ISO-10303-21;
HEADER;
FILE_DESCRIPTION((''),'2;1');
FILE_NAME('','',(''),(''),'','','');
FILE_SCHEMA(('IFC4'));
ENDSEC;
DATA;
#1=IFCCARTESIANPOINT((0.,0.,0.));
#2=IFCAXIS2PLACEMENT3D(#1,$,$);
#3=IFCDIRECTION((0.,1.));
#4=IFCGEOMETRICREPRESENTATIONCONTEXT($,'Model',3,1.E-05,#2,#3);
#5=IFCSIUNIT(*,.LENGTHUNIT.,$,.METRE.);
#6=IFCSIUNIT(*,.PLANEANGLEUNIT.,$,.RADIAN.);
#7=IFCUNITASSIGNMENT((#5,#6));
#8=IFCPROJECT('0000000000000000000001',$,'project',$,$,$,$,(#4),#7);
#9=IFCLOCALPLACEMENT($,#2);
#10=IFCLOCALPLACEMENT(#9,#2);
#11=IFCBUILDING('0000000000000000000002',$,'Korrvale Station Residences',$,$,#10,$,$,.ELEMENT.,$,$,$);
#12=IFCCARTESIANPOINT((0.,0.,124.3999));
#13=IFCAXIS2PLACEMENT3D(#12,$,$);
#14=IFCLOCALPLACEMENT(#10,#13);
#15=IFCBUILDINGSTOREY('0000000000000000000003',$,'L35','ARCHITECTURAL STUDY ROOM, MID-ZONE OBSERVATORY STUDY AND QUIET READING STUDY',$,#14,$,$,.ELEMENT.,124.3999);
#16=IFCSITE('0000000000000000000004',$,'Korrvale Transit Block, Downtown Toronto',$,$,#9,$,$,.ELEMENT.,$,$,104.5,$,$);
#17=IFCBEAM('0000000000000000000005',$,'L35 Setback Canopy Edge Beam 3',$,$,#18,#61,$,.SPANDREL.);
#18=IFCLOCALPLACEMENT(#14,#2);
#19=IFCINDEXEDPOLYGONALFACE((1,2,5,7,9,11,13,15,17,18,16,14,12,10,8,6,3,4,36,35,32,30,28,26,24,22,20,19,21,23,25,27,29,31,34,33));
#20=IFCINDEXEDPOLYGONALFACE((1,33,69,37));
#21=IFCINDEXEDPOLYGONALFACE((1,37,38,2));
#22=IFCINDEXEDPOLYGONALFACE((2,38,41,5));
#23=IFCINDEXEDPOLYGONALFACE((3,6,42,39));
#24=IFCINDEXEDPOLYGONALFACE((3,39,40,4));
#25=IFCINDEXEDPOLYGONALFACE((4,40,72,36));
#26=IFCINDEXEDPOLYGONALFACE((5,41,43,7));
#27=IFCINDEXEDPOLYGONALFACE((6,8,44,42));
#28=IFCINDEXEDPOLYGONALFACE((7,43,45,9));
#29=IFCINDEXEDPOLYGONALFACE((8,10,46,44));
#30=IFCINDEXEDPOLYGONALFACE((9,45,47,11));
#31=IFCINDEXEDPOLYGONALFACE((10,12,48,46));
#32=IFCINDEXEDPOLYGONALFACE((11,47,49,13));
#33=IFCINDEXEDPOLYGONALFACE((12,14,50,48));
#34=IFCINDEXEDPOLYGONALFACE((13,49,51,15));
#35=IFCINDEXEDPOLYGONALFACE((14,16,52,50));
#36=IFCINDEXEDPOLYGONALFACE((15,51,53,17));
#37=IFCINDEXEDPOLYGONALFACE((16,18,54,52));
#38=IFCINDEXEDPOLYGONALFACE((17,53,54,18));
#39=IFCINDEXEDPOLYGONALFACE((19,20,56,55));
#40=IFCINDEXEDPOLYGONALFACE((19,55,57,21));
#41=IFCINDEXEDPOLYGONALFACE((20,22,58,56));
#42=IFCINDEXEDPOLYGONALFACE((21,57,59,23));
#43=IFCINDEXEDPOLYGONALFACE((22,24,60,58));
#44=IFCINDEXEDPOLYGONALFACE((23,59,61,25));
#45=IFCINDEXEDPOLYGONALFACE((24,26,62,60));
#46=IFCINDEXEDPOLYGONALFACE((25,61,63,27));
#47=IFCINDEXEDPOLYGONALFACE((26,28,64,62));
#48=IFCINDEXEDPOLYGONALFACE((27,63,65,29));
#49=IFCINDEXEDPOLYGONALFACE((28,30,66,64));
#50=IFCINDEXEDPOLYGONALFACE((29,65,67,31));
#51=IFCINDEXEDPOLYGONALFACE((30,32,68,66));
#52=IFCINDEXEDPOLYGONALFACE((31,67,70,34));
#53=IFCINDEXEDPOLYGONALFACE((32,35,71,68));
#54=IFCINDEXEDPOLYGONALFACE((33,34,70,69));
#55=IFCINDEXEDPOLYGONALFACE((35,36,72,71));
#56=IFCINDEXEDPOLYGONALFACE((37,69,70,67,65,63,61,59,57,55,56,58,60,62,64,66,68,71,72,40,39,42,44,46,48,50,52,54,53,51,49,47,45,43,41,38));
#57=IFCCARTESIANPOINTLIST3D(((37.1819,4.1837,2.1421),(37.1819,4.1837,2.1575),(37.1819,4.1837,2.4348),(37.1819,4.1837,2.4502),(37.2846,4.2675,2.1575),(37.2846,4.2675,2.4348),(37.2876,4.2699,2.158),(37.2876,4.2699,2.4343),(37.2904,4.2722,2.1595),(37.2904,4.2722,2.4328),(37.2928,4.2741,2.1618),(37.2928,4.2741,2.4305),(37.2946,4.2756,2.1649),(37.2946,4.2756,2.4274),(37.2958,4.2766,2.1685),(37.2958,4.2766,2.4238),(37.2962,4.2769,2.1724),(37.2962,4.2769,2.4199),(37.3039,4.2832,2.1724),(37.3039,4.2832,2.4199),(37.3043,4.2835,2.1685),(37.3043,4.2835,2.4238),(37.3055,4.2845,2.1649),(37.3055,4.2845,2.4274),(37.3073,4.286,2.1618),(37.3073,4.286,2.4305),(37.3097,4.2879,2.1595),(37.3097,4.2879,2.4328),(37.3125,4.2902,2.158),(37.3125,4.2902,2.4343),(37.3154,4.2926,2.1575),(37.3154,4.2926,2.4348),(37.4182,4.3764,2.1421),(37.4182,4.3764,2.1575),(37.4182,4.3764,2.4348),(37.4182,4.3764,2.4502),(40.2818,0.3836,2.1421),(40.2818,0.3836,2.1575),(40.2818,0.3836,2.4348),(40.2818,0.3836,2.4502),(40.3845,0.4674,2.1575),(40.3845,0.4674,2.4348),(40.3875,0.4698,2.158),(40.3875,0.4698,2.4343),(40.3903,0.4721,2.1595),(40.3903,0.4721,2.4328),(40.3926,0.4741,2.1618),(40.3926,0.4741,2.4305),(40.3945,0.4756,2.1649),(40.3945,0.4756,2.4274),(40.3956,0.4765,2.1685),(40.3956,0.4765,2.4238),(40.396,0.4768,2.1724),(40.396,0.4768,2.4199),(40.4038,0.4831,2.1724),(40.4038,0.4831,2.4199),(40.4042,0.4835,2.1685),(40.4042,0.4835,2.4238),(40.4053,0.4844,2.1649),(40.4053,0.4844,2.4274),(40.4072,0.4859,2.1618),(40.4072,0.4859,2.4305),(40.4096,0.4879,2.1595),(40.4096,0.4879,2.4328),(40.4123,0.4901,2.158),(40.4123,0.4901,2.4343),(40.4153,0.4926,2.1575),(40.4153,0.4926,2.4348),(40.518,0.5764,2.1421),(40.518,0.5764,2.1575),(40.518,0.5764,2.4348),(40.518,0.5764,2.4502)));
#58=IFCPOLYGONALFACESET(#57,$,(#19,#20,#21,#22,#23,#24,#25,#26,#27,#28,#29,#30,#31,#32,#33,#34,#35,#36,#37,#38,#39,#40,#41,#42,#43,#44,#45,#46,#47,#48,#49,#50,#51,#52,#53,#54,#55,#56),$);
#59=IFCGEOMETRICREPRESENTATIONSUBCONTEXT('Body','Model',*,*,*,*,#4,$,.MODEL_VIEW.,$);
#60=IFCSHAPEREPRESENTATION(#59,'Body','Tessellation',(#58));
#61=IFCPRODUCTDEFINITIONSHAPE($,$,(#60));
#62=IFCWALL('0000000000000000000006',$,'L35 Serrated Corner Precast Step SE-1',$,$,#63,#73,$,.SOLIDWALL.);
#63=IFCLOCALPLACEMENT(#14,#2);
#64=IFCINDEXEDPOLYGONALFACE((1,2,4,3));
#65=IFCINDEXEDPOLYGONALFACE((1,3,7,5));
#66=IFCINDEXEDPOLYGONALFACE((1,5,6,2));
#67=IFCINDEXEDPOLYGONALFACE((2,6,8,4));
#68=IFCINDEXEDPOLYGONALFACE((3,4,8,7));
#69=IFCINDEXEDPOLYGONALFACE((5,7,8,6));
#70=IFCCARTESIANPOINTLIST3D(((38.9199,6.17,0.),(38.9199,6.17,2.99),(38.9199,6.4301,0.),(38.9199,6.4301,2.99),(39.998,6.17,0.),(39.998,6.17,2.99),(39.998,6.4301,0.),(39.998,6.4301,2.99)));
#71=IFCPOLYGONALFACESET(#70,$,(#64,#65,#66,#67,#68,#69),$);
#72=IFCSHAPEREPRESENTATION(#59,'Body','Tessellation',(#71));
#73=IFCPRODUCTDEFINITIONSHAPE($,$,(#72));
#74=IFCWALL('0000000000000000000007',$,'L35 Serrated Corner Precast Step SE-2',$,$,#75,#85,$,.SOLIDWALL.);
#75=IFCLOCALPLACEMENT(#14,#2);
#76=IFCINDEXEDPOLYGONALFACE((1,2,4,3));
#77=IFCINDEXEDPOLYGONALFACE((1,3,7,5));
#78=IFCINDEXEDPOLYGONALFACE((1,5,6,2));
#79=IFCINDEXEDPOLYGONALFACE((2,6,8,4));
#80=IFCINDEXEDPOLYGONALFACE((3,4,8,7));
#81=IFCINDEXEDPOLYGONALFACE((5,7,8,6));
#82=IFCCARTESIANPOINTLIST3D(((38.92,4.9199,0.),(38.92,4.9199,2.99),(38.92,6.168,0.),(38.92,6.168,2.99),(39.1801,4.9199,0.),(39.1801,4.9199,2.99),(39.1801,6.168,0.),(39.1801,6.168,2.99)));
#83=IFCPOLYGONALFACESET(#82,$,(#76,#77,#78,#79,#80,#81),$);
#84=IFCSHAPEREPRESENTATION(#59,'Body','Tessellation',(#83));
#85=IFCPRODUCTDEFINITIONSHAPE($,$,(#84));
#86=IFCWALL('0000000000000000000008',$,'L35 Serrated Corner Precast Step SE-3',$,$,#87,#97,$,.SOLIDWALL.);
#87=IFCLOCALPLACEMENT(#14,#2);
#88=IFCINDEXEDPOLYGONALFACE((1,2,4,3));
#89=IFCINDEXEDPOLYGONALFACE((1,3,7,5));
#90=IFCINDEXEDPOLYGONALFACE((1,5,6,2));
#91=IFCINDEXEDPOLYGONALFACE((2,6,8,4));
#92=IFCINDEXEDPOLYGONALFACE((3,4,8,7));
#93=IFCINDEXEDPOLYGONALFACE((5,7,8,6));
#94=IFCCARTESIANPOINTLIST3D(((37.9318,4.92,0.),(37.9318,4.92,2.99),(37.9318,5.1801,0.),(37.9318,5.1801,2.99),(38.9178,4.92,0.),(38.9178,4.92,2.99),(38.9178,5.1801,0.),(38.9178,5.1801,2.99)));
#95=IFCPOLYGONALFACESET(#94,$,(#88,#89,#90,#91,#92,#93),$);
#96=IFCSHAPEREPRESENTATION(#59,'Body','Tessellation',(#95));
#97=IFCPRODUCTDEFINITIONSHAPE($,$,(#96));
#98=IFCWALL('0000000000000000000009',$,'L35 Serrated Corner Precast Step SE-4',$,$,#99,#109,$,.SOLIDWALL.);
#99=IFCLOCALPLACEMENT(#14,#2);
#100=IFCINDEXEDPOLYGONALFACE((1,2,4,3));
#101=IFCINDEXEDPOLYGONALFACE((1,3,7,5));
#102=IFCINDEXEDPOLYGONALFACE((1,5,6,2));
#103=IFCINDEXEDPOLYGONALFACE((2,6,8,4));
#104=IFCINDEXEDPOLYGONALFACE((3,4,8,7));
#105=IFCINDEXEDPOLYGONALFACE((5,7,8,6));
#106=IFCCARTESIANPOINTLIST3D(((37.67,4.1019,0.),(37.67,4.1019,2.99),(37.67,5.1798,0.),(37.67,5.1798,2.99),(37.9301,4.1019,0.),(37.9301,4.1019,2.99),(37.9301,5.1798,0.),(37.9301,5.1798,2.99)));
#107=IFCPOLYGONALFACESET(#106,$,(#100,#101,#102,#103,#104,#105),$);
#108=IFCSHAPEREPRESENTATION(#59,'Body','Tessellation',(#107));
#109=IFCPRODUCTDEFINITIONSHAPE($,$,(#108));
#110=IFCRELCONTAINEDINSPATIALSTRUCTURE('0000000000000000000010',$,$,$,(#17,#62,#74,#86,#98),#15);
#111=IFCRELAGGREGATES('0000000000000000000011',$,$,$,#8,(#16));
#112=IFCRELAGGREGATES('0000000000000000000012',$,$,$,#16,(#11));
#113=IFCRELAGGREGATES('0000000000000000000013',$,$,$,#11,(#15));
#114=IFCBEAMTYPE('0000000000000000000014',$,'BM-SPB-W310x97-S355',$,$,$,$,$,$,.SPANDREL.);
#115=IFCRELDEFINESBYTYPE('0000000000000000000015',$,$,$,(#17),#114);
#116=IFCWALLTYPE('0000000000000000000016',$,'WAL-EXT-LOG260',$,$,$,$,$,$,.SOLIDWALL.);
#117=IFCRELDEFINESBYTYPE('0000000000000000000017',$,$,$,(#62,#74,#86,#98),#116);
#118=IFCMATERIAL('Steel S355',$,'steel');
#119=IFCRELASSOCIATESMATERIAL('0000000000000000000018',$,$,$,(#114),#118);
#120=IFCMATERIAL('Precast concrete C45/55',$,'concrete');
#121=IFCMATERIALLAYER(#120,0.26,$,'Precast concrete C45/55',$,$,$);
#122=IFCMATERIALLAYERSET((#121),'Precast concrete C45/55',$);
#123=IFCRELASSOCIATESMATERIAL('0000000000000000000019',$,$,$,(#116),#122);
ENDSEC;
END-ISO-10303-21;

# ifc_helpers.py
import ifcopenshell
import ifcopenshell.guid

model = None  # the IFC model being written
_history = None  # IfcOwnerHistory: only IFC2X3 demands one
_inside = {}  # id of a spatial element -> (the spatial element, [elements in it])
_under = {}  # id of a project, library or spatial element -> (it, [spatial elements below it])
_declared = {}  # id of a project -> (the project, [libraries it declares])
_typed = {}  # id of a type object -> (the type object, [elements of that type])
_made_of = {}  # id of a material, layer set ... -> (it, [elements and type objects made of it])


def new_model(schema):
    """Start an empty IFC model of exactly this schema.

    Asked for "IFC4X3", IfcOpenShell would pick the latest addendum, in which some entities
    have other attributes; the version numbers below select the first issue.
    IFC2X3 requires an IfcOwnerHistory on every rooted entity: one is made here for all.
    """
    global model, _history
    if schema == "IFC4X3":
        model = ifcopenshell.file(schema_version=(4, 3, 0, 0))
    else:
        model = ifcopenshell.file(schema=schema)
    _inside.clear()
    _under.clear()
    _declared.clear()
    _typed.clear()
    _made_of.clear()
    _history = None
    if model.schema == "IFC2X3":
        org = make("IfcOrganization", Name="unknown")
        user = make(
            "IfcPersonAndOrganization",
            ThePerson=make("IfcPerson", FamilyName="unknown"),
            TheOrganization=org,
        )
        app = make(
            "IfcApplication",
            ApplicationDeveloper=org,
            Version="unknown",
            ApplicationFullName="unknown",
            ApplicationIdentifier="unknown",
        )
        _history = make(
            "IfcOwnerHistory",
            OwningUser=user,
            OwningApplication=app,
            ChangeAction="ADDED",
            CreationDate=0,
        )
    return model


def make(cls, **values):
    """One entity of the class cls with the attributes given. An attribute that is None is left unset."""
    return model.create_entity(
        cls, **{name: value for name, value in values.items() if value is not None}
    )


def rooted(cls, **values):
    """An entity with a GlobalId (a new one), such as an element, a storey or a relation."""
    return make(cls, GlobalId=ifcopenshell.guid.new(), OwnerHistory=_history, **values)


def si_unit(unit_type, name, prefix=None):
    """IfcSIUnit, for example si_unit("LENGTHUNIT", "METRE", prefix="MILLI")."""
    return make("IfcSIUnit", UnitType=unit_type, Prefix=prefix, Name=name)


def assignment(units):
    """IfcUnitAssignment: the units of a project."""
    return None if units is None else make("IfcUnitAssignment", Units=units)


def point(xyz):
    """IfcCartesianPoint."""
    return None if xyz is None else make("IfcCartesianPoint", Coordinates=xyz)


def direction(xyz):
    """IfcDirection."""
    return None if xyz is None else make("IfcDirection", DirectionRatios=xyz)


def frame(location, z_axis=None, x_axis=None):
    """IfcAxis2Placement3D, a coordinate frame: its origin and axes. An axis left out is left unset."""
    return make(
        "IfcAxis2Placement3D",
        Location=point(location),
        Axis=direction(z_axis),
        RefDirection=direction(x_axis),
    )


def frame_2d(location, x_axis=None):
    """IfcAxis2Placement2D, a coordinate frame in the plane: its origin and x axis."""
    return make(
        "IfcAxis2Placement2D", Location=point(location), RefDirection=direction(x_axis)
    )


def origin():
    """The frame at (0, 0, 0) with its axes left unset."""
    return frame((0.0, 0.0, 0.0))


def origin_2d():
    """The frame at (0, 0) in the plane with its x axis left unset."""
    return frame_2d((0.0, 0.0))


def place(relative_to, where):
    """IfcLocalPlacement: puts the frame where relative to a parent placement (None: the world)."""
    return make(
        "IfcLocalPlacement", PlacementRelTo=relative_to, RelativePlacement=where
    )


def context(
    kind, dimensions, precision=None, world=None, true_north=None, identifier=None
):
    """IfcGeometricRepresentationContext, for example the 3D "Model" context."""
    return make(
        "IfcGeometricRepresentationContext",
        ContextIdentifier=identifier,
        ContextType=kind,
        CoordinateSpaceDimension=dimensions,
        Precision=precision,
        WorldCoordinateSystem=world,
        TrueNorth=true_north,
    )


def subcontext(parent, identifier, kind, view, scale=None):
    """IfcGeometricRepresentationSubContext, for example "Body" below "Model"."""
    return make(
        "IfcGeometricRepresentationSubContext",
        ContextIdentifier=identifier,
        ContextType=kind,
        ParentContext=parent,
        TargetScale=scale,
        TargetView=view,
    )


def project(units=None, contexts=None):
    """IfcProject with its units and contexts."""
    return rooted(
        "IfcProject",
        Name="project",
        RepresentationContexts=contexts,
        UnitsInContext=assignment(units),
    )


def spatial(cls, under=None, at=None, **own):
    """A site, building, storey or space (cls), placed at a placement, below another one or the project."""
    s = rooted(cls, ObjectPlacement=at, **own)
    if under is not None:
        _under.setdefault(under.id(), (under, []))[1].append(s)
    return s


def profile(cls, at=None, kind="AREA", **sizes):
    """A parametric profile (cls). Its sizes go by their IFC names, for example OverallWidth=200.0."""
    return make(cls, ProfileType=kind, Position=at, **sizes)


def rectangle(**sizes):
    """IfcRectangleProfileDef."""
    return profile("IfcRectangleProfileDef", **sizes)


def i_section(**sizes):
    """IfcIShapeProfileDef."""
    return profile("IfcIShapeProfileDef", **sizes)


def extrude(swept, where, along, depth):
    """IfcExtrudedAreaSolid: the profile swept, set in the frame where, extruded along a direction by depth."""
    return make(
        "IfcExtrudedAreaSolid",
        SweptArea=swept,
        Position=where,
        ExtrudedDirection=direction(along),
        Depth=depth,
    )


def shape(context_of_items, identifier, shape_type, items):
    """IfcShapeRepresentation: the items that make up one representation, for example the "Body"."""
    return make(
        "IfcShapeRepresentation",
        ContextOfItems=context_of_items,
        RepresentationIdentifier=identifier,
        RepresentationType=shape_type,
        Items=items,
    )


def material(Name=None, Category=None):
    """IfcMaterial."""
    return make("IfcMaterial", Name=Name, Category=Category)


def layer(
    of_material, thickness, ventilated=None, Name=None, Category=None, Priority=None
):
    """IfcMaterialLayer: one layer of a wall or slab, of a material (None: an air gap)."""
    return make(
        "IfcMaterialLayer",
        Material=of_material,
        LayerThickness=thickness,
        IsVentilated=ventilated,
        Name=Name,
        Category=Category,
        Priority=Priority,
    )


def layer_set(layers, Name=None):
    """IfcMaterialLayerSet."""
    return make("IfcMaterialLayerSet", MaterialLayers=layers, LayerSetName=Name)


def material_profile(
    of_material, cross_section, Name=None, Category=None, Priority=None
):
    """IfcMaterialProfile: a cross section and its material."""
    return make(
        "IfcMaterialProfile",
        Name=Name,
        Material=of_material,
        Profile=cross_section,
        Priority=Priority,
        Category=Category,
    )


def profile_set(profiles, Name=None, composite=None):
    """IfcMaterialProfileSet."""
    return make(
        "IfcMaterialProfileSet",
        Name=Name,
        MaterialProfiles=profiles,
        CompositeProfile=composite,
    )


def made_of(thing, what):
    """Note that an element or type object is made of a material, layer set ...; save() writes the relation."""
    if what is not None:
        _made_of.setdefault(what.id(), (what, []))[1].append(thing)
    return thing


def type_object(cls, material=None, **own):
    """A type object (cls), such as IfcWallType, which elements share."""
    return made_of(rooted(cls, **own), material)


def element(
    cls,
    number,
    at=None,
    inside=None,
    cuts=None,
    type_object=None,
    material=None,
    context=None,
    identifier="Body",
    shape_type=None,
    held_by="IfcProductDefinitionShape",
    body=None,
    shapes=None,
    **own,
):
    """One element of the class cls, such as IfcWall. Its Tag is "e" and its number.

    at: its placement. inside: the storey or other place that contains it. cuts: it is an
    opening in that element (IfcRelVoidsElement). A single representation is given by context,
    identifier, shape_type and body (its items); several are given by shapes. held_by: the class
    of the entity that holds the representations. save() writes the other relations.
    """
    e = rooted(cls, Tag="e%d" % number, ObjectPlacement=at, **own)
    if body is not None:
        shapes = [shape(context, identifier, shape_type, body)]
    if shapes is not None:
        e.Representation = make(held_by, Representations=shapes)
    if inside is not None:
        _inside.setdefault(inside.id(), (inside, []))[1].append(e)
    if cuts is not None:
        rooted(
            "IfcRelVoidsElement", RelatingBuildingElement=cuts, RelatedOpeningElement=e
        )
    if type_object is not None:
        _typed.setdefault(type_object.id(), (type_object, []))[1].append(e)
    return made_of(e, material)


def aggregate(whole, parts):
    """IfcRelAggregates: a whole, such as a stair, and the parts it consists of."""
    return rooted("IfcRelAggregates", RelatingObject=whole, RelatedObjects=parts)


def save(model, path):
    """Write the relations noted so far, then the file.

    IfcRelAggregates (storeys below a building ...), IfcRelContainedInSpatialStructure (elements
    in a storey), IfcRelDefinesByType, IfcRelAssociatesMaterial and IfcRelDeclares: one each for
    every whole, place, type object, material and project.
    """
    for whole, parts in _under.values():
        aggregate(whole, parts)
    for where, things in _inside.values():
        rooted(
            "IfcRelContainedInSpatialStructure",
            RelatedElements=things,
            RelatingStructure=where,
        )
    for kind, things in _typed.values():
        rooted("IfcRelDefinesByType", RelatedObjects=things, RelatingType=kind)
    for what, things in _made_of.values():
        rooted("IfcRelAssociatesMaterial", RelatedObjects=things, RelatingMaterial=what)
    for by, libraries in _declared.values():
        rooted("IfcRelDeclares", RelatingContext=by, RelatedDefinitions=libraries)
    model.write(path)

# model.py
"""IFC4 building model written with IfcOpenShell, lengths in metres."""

from ifc_helpers import new_model, si_unit, direction, frame, frame_2d, origin, origin_2d, place, context, subcontext, project, spatial, rectangle, i_section, extrude, material, layer, layer_set, material_profile, profile_set, type_object, element, save


model = new_model("IFC4")

# Units and contexts
model_context = context("Model", 3, precision=1e-05, world=origin(), true_north=direction((0.0, 1.0)))
body_context = subcontext(model_context, "Body", "Model", "MODEL_VIEW")
ifc_project = project(units=[si_unit("LENGTHUNIT", "METRE"), si_unit("PLANEANGLEUNIT", "RADIAN")], contexts=[model_context])

# Site, building, storey
site_placement = place(None, origin())
site = spatial("IfcSite", under=ifc_project, at=site_placement, Name="Korrvale Transit Block, Downtown Toronto", CompositionType="ELEMENT", RefElevation=104.5)
building_placement = place(site_placement, origin())
building = spatial("IfcBuilding", under=site, at=building_placement, Name="Korrvale Station Residences", CompositionType="ELEMENT")
storey_placement = place(building_placement, frame((0.0, 0.0, 124.3999)))
storey = spatial("IfcBuildingStorey", under=building, at=storey_placement, Name="L35", Description="ARCHITECTURAL STUDY ROOM, MID-ZONE OBSERVATORY STUDY AND QUIET READING STUDY", CompositionType="ELEMENT", Elevation=124.3999)

# Shared definitions
ifc_material_1 = material(Name="Steel S355", Category="steel")

# Beam
ifc_material_profile_1 = material_profile(ifc_material_1, i_section(OverallWidth=0.3049, OverallDepth=0.3081, WebThickness=0.01, FlangeThickness=0.0154, FilletRadius=0.0149, at=origin_2d()), Name="W310x97")
ifc_profile_set_1 = profile_set([ifc_material_profile_1], Name="Steel S355")
beam_type_1 = type_object("IfcBeamType", Name="BM-SPB-W310x97-S355", PredefinedType="SPANDREL", material=ifc_profile_set_1)
beam_1_placement = place(storey_placement, frame((40.3999, 0.48, 2.2961), z_axis=(-0.632104, 0.774884, 0.0), x_axis=(-0.774884, -0.632104, 0.0)))
element("IfcBeam", 1, at=beam_1_placement, inside=storey, type_object=beam_type_1, Name="L35 Setback Canopy Edge Beam 3", PredefinedType="SPANDREL", context=body_context, shape_type="SweptSolid", body=[
    extrude(i_section(OverallWidth=0.3049, OverallDepth=0.3081, WebThickness=0.01, FlangeThickness=0.0154, FilletRadius=0.0149, at=origin_2d()), origin(), (0.0, 0.0, 1.0), 4.9041),
])

# Walls
ifc_material_2 = material(Name="Precast concrete C45/55", Category="concrete")
ifc_layer_1 = layer(ifc_material_2, 0.26, Name="Precast concrete C45/55")
ifc_layer_set_1 = layer_set([ifc_layer_1], Name="Precast concrete C45/55")
wall_type_1 = type_object("IfcWallType", Name="WAL-EXT-LOG260", PredefinedType="SOLIDWALL", material=ifc_layer_set_1)
wall_1_placement = place(storey_placement, frame((39.998, 6.3, 0.0), z_axis=(0.0, 0.0, 1.0), x_axis=(-1.0, 0.0, 0.0)))
element("IfcWall", 2, at=wall_1_placement, inside=storey, type_object=wall_type_1, Name="L35 Serrated Corner Precast Step SE-1", PredefinedType="SOLIDWALL", context=body_context, shape_type="SweptSolid", body=[
    extrude(rectangle(XDim=1.0781, YDim=0.26, at=frame_2d((0.5391, 0.0))), origin(), (0.0, 0.0, 1.0), 2.99),
])
wall_2_placement = place(storey_placement, frame((39.05, 6.168, 0.0), z_axis=(0.0, 0.0, 1.0), x_axis=(0.0, -1.0, 0.0)))
element("IfcWall", 3, at=wall_2_placement, inside=storey, type_object=wall_type_1, Name="L35 Serrated Corner Precast Step SE-2", PredefinedType="SOLIDWALL", context=body_context, shape_type="SweptSolid", body=[
    extrude(rectangle(XDim=1.248, YDim=0.26, at=frame_2d((0.624, 0.0))), origin(), (0.0, 0.0, 1.0), 2.99),
])
wall_3_placement = place(storey_placement, frame((38.918, 5.05, 0.0), z_axis=(0.0, 0.0, 1.0), x_axis=(-1.0, 0.0, 0.0)))
element("IfcWall", 4, at=wall_3_placement, inside=storey, type_object=wall_type_1, Name="L35 Serrated Corner Precast Step SE-3", PredefinedType="SOLIDWALL", context=body_context, shape_type="SweptSolid", body=[
    extrude(rectangle(XDim=0.9861, YDim=0.26, at=frame_2d((0.4932, 0.0))), origin(), (0.0, 0.0, 1.0), 2.99),
])
wall_4_placement = place(storey_placement, frame((37.8, 5.1799, 0.0), z_axis=(0.0, 0.0, 1.0), x_axis=(0.0, -1.0, 0.0)))
element("IfcWall", 5, at=wall_4_placement, inside=storey, type_object=wall_type_1, Name="L35 Serrated Corner Precast Step SE-4", PredefinedType="SOLIDWALL", context=body_context, shape_type="SweptSolid", body=[
    extrude(rectangle(XDim=1.0779, YDim=0.26, at=frame_2d((0.5391, 0.0))), origin(), (0.0, 0.0, 1.0), 2.99),
])

save(model, "model.ifc")
